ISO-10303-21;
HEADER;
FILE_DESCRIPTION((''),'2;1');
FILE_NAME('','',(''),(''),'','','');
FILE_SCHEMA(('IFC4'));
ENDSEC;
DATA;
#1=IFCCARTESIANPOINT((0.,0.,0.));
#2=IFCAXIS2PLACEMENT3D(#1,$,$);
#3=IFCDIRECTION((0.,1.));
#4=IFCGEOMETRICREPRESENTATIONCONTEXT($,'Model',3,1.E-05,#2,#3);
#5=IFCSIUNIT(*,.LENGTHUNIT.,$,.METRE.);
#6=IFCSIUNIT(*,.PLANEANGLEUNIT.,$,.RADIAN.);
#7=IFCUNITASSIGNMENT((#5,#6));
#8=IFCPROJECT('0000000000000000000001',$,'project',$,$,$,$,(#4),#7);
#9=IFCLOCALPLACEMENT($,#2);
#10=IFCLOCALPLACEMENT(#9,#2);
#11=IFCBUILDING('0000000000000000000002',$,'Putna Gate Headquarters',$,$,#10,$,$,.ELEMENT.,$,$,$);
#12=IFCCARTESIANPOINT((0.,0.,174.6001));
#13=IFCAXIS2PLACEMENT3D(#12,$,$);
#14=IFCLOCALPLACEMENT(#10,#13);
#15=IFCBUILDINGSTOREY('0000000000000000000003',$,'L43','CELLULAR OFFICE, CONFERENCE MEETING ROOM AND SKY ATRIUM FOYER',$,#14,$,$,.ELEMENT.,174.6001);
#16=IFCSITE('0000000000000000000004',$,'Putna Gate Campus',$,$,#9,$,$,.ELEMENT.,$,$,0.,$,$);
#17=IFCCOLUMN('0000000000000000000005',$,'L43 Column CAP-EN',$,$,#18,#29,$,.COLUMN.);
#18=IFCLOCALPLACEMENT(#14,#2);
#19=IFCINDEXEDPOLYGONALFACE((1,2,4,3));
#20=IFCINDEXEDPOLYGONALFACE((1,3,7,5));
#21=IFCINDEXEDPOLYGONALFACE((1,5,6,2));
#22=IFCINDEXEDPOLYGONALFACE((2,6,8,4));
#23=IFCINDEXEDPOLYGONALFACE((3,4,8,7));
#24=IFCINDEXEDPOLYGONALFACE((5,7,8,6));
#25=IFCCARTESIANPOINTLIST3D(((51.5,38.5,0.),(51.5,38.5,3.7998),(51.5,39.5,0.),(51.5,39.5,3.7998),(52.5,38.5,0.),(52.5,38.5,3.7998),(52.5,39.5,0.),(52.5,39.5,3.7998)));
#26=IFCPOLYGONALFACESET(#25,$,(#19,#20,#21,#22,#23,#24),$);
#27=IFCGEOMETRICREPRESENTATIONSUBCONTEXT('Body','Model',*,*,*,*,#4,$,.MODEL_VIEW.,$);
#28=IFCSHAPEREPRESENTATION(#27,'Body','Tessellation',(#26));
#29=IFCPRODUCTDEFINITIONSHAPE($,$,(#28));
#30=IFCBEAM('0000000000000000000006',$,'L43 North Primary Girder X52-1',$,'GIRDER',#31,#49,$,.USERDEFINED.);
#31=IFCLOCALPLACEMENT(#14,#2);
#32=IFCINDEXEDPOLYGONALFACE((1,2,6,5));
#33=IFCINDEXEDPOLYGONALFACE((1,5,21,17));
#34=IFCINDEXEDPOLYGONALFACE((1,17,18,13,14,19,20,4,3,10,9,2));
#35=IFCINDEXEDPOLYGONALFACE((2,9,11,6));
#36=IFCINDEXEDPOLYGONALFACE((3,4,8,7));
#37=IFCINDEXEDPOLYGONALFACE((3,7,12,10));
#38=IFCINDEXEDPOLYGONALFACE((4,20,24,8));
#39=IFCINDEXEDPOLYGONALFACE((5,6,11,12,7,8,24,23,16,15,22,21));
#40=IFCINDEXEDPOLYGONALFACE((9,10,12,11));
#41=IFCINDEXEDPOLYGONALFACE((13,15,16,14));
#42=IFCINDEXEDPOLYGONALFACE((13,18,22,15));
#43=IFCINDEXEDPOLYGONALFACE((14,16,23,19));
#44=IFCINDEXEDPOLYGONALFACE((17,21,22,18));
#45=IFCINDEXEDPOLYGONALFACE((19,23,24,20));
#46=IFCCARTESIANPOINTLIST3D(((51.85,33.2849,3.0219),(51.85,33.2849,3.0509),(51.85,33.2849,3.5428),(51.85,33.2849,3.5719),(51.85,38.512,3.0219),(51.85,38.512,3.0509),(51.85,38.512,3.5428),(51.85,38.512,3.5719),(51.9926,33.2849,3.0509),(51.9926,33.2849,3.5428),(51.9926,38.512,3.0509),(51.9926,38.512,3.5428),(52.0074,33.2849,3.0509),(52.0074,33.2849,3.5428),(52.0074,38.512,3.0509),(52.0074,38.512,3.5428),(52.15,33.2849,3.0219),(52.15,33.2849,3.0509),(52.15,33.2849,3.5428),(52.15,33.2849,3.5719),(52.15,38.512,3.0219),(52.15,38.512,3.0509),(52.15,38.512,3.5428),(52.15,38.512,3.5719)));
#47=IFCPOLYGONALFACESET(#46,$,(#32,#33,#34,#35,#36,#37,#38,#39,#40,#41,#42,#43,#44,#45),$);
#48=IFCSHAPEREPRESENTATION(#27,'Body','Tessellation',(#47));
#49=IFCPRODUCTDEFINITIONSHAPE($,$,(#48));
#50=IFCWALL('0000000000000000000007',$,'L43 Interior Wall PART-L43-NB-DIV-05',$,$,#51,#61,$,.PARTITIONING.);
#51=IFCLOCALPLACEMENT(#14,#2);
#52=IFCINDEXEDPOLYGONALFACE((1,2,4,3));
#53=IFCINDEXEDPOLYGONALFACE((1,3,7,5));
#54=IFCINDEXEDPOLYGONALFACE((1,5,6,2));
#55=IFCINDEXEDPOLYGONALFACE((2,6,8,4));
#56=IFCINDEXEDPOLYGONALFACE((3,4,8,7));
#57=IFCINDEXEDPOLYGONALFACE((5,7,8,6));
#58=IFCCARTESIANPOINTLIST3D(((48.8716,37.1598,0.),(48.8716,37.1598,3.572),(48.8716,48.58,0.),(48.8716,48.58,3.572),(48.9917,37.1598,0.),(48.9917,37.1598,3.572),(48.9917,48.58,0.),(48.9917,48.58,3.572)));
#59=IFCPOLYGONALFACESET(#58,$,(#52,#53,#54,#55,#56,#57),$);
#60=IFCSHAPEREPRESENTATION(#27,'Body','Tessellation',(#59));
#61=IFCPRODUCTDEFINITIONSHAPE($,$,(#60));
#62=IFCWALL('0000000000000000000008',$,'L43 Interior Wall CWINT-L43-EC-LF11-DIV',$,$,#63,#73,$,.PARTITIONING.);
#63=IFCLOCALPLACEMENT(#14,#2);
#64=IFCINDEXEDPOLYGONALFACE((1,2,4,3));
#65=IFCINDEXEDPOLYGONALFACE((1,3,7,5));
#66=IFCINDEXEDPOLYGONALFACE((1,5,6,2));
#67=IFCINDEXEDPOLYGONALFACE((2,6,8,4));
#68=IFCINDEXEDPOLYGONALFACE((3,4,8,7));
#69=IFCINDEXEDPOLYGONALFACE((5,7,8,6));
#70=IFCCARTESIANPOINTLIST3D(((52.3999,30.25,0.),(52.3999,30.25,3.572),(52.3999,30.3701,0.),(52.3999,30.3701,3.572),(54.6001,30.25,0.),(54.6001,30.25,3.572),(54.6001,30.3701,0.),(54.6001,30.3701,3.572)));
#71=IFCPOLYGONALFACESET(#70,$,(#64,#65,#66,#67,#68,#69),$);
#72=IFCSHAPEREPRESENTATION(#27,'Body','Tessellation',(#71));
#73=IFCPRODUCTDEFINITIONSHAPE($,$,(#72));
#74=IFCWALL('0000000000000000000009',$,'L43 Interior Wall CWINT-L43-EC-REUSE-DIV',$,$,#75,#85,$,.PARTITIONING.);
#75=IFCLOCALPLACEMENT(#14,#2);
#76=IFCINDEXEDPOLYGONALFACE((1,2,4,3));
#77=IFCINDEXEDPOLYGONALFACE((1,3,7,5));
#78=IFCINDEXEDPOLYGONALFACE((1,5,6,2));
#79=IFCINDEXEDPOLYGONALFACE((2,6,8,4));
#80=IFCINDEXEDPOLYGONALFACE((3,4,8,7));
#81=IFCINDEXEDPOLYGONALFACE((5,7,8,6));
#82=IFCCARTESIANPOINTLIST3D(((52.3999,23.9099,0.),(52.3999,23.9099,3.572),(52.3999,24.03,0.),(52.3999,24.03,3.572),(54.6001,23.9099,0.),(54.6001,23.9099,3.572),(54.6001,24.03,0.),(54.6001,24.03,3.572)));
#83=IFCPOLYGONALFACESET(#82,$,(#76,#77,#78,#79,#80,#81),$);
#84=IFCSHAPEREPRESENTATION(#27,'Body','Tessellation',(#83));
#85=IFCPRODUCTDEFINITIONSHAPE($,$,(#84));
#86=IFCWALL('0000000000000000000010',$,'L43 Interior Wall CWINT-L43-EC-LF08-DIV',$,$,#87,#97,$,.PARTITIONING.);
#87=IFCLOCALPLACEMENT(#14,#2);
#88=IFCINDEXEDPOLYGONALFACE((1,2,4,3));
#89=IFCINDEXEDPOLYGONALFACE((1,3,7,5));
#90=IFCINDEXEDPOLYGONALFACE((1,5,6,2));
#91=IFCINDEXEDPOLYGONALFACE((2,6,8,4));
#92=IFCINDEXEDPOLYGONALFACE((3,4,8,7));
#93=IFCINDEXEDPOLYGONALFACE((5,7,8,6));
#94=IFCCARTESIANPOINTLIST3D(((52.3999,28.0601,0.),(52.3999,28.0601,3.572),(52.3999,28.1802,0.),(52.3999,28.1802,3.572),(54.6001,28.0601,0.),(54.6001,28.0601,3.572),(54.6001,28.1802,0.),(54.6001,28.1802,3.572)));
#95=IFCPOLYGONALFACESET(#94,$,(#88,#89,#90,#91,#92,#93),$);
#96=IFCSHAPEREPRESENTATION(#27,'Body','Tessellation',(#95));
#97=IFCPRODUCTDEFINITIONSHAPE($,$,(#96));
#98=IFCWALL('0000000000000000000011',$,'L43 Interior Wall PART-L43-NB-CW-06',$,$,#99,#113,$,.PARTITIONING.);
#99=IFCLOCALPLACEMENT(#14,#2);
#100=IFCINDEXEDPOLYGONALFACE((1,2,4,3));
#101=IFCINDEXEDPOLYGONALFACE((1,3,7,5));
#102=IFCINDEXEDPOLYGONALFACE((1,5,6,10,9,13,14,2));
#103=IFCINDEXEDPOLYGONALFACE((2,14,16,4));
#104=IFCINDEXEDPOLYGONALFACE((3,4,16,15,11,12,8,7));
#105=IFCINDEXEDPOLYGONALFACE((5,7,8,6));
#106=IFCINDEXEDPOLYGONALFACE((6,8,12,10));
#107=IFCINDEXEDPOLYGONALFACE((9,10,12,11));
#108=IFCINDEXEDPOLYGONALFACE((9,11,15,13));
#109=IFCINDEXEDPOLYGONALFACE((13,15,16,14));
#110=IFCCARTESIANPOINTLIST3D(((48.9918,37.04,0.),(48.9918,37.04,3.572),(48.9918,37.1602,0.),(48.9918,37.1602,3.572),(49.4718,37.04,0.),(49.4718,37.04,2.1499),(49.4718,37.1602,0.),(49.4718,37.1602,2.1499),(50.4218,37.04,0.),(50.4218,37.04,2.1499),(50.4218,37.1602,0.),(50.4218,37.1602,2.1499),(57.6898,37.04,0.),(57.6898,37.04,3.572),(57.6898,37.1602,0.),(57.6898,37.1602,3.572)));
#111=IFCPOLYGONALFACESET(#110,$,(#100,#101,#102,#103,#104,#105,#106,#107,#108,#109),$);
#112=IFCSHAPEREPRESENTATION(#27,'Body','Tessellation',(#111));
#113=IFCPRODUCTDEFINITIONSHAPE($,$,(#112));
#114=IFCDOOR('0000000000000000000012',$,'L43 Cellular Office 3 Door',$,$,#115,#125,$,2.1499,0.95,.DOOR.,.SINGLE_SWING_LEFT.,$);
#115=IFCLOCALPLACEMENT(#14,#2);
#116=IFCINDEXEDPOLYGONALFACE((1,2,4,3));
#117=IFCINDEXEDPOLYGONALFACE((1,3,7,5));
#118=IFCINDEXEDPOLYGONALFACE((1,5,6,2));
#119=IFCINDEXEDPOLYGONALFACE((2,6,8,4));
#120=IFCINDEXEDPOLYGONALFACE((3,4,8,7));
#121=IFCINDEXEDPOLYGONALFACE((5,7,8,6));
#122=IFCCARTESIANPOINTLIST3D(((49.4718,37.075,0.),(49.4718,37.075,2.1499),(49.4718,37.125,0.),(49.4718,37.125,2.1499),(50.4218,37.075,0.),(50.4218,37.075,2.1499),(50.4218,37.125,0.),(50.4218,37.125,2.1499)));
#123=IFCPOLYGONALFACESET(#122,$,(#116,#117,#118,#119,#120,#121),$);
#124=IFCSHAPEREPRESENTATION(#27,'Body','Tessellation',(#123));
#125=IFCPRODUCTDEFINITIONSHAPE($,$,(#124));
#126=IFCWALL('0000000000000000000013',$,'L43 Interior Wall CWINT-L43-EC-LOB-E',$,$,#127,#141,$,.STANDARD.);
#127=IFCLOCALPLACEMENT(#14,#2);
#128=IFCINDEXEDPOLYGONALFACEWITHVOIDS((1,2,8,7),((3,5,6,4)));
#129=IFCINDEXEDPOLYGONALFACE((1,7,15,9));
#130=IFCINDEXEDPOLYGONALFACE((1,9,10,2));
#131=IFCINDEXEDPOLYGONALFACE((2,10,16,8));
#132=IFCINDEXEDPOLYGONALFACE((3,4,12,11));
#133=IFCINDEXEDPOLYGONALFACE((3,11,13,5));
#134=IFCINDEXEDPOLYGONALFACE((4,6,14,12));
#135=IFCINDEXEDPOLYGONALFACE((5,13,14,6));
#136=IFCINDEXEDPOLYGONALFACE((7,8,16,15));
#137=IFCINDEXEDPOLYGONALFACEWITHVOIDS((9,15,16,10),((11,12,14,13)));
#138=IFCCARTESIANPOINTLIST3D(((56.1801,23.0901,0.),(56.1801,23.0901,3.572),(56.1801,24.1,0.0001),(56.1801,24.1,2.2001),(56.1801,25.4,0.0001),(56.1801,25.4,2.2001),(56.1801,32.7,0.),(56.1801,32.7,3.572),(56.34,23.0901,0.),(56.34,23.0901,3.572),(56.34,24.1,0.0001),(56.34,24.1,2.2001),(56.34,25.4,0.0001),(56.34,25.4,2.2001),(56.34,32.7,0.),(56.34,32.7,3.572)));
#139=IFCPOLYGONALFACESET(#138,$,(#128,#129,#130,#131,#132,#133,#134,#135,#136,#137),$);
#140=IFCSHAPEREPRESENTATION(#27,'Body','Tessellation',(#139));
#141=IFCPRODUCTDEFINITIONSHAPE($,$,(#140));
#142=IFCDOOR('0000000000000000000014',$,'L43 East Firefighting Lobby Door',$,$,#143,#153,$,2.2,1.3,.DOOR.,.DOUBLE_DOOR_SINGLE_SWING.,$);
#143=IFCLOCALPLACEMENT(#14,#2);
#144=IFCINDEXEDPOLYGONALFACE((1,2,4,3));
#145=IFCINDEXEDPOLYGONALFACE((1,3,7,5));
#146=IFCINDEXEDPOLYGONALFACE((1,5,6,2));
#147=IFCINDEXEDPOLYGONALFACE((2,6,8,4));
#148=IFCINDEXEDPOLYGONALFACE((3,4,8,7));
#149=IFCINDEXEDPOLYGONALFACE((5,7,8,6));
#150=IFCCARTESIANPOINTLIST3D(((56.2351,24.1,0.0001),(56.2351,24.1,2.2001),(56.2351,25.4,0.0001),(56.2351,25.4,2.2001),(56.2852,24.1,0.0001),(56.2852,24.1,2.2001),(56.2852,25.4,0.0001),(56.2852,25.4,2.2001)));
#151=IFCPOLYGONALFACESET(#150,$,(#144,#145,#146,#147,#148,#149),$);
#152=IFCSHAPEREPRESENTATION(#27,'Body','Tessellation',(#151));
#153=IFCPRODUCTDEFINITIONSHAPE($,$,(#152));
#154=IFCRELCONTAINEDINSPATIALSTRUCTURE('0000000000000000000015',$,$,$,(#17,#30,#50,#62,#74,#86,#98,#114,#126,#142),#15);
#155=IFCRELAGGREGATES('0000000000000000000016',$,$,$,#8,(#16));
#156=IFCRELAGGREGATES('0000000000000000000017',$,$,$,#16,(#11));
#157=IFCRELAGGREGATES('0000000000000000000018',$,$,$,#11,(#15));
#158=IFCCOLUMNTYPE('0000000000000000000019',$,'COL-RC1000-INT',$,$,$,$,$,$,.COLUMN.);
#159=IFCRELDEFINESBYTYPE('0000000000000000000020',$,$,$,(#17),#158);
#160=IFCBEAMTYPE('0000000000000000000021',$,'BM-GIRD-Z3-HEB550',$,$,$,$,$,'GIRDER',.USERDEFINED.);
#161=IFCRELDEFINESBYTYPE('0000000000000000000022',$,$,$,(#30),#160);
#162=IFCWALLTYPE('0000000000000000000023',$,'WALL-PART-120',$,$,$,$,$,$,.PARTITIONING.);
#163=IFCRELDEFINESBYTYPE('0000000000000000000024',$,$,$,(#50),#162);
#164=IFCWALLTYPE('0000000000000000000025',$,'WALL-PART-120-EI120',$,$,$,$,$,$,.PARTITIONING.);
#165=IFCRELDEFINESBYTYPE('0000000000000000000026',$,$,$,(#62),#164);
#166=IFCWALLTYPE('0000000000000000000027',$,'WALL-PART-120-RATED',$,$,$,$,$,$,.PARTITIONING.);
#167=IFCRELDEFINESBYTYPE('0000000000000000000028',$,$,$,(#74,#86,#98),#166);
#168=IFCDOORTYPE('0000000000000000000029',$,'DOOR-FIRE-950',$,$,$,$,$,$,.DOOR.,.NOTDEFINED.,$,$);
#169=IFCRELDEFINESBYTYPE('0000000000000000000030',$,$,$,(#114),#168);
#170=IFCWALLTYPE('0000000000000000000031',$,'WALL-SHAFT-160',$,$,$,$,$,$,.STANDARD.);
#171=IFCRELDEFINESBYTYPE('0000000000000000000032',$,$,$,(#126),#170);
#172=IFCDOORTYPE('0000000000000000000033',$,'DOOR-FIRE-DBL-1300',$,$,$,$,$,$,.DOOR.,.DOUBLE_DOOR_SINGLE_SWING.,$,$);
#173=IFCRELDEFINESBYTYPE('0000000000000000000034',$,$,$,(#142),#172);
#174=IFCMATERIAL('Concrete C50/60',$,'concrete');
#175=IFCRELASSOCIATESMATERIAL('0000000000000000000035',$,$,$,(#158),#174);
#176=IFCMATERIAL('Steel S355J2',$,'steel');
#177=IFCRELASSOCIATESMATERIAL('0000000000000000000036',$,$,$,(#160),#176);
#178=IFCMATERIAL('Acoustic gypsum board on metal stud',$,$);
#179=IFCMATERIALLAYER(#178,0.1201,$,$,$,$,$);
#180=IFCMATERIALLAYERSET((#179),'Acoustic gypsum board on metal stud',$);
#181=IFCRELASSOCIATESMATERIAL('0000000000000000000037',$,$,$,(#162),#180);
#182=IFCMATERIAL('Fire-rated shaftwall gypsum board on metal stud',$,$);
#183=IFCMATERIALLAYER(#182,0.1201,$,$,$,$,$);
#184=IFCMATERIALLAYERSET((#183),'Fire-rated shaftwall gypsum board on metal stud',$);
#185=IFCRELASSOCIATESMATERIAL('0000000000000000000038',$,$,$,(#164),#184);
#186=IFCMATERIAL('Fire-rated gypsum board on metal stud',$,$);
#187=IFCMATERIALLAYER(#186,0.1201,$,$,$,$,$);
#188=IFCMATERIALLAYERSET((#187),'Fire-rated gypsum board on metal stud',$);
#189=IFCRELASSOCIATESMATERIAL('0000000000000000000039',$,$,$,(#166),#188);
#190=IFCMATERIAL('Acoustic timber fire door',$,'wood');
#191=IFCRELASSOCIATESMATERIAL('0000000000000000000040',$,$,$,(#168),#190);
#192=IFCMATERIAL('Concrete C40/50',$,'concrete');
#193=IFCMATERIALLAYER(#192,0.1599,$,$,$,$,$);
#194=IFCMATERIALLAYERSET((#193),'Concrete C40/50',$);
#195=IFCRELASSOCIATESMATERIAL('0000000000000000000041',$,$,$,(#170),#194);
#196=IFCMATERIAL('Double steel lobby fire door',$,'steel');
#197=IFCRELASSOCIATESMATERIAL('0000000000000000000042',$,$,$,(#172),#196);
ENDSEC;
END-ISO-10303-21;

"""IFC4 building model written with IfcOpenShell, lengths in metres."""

from ifc_helpers import new_model, si_unit, direction, frame, frame_2d, origin, origin_2d, place, context, subcontext, project, spatial, rectangle, i_section, extrude, material, layer, layer_set, material_profile, profile_set, type_object, element, fill, save


model = new_model("IFC4")

# Units and contexts
model_context = context("Model", 3, precision=1e-05, world=origin(), true_north=direction((0.0, 1.0)))
body_context = subcontext(model_context, "Body", "Model", "MODEL_VIEW")
ifc_project = project(units=[si_unit("LENGTHUNIT", "METRE"), si_unit("PLANEANGLEUNIT", "RADIAN")], contexts=[model_context])

# Site, building, storey
site_placement = place(None, origin())
site = spatial("IfcSite", under=ifc_project, at=site_placement, Name="Putna Gate Campus", CompositionType="ELEMENT", RefElevation=0.0)
building_placement = place(site_placement, origin())
building = spatial("IfcBuilding", under=site, at=building_placement, Name="Putna Gate Headquarters", CompositionType="ELEMENT")
storey_placement = place(building_placement, frame((0.0, 0.0, 174.6001)))
storey = spatial("IfcBuildingStorey", under=building, at=storey_placement, Name="L43", Description="CELLULAR OFFICE, CONFERENCE MEETING ROOM AND SKY ATRIUM FOYER", CompositionType="ELEMENT", Elevation=174.6001)

# Column
ifc_material_1 = material(Name="Concrete C50/60", Category="concrete")
ifc_material_profile_1 = material_profile(ifc_material_1, rectangle(XDim=1.0, YDim=1.0, at=origin_2d()), Name="Concrete C50/60")
ifc_profile_set_1 = profile_set([ifc_material_profile_1], Name="Concrete C50/60")
column_type = type_object("IfcColumnType", Name="COL-RC1000-INT", PredefinedType="COLUMN", material=ifc_profile_set_1)
column_placement = place(storey_placement, frame((52.0, 39.0, 0.0), z_axis=(0.0, 0.0, 1.0), x_axis=(1.0, 0.0, 0.0)))
element("IfcColumn", 1, at=column_placement, inside=storey, type_object=column_type, Name="L43 Column CAP-EN", PredefinedType="COLUMN", context=body_context, shape_type="SweptSolid", body=[
    extrude(rectangle(XDim=1.0, YDim=1.0, at=origin_2d()), origin(), (0.0, 0.0, 1.0), 3.7998),
])

# Beam
ifc_material_2 = material(Name="Steel S355J2", Category="steel")
ifc_material_profile_2 = material_profile(ifc_material_2, i_section(OverallWidth=0.3, OverallDepth=0.55, WebThickness=0.0149, FlangeThickness=0.0291, at=origin_2d()), Name="Steel S355J2")
ifc_profile_set_2 = profile_set([ifc_material_profile_2], Name="Steel S355J2")
beam_type = type_object("IfcBeamType", Name="BM-GIRD-Z3-HEB550", ElementType="GIRDER", PredefinedType="USERDEFINED", material=ifc_profile_set_2)
beam_placement = place(storey_placement, frame((52.0, 33.2849, 3.2969), z_axis=(0.0, 1.0, 0.0), x_axis=(-1.0, 0.0, 0.0)))
element("IfcBeam", 2, at=beam_placement, inside=storey, type_object=beam_type, Name="L43 North Primary Girder X52-1", ObjectType="GIRDER", PredefinedType="USERDEFINED", context=body_context, shape_type="SweptSolid", body=[
    extrude(i_section(OverallWidth=0.3, OverallDepth=0.55, WebThickness=0.0149, FlangeThickness=0.0291, at=origin_2d()), origin(), (0.0, 0.0, 1.0), 5.2271),
])

# Walls
ifc_material_3 = material(Name="Acoustic gypsum board on metal stud")
ifc_layer_1 = layer(ifc_material_3, 0.1201)
ifc_layer_set_1 = layer_set([ifc_layer_1], Name="Acoustic gypsum board on metal stud")
wall_type_1 = type_object("IfcWallType", Name="WALL-PART-120", PredefinedType="PARTITIONING", material=ifc_layer_set_1)
wall_1_placement = place(storey_placement, frame((48.9316, 37.1599, 0.0), z_axis=(0.0, 0.0, 1.0), x_axis=(0.0, 1.0, 0.0)))
element("IfcWall", 3, at=wall_1_placement, inside=storey, type_object=wall_type_1, Name="L43 Interior Wall PART-L43-NB-DIV-05", PredefinedType="PARTITIONING", context=body_context, shape_type="SweptSolid", body=[
    extrude(rectangle(XDim=11.4202, YDim=0.1201, at=frame_2d((5.71, 0.0))), origin(), (0.0, 0.0, 1.0), 3.572),
])
ifc_material_4 = material(Name="Fire-rated shaftwall gypsum board on metal stud")
ifc_layer_2 = layer(ifc_material_4, 0.1201)
ifc_layer_set_2 = layer_set([ifc_layer_2], Name="Fire-rated shaftwall gypsum board on metal stud")
wall_type_2 = type_object("IfcWallType", Name="WALL-PART-120-EI120", PredefinedType="PARTITIONING", material=ifc_layer_set_2)
wall_2_placement = place(storey_placement, frame((52.3999, 30.3101, 0.0), z_axis=(0.0, 0.0, 1.0), x_axis=(1.0, 0.0, 0.0)))
element("IfcWall", 4, at=wall_2_placement, inside=storey, type_object=wall_type_2, Name="L43 Interior Wall CWINT-L43-EC-LF11-DIV", PredefinedType="PARTITIONING", context=body_context, shape_type="SweptSolid", body=[
    extrude(rectangle(XDim=2.2002, YDim=0.1201, at=frame_2d((1.1001, 0.0))), origin(), (0.0, 0.0, 1.0), 3.572),
])
ifc_material_5 = material(Name="Fire-rated gypsum board on metal stud")
ifc_layer_3 = layer(ifc_material_5, 0.1201)
ifc_layer_set_3 = layer_set([ifc_layer_3], Name="Fire-rated gypsum board on metal stud")
wall_type_3 = type_object("IfcWallType", Name="WALL-PART-120-RATED", PredefinedType="PARTITIONING", material=ifc_layer_set_3)
for number, where, z_axis, x_axis, name in (
    (5, (52.3999, 23.97, 0.0), (0.0, 0.0, 1.0), (1.0, 0.0, 0.0), "L43 Interior Wall CWINT-L43-EC-REUSE-DIV"),
    (6, (52.3999, 28.1201, 0.0), (0.0, 0.0, 1.0), (1.0, 0.0, 0.0), "L43 Interior Wall CWINT-L43-EC-LF08-DIV"),
):
    element("IfcWall", number, at=place(storey_placement, frame(where, z_axis=z_axis, x_axis=x_axis)), inside=storey, type_object=wall_type_3, Name=name, PredefinedType="PARTITIONING", context=body_context, shape_type="SweptSolid", body=[
        extrude(rectangle(XDim=2.2002, YDim=0.1201, at=frame_2d((1.1001, 0.0))), origin(), (0.0, 0.0, 1.0), 3.572),
    ])

# Walls, openings, doors
wall_3_placement = place(storey_placement, frame((48.9917, 37.1001, 0.0), z_axis=(0.0, 0.0, 1.0), x_axis=(1.0, 0.0, 0.0)))
wall_3 = element("IfcWall", 7, at=wall_3_placement, inside=storey, type_object=wall_type_3, Name="L43 Interior Wall PART-L43-NB-CW-06", PredefinedType="PARTITIONING", context=body_context, shape_type="SweptSolid", body=[
    extrude(rectangle(XDim=8.698, YDim=0.1201, at=frame_2d((4.3491, 0.0))), origin(), (0.0, 0.0, 1.0), 3.572),
])
opening_1_placement = place(wall_3_placement, frame((0.48, 0.0, 0.0)))
opening_1 = element("IfcOpeningElement", 8, at=opening_1_placement, cuts=wall_3, PredefinedType="OPENING", context=body_context, shape_type="SweptSolid", body=[
    extrude(rectangle(XDim=0.95, YDim=2.1499, at=frame_2d((0.4751, 1.075))), frame((0.0, 0.0701, 0.0), z_axis=(0.0, -1.0, 0.0), x_axis=(1.0, 0.0, 0.0)), (0.0, 0.0, 1.0), 0.1401),
])
ifc_material_6 = material(Name="Acoustic timber fire door", Category="wood")
door_type_1 = type_object("IfcDoorType", Name="DOOR-FIRE-950", OperationType="NOTDEFINED", PredefinedType="DOOR", material=ifc_material_6)
door_1_placement = place(opening_1_placement, origin())
door_1 = element("IfcDoor", 9, at=door_1_placement, inside=storey, type_object=door_type_1, Name="L43 Cellular Office 3 Door", OperationType="SINGLE_SWING_LEFT", OverallHeight=2.1499, OverallWidth=0.95, PredefinedType="DOOR", context=body_context, shape_type="SweptSolid", body=[
    extrude(rectangle(XDim=0.95, YDim=2.1499, at=frame_2d((0.4751, 1.075))), frame((0.0, 0.0249, 0.0), z_axis=(0.0, -1.0, 0.0), x_axis=(1.0, 0.0, 0.0)), (0.0, 0.0, 1.0), 0.05),
])
fill(opening_1, door_1)
ifc_material_7 = material(Name="Concrete C40/50", Category="concrete")
ifc_layer_4 = layer(ifc_material_7, 0.1599)
ifc_layer_set_4 = layer_set([ifc_layer_4], Name="Concrete C40/50")
wall_type_4 = type_object("IfcWallType", Name="WALL-SHAFT-160", PredefinedType="STANDARD", material=ifc_layer_set_4)
wall_4_placement = place(storey_placement, frame((56.26, 23.0901, 0.0), z_axis=(0.0, 0.0, 1.0), x_axis=(0.0, 1.0, 0.0)))
wall_4 = element("IfcWall", 10, at=wall_4_placement, inside=storey, type_object=wall_type_4, Name="L43 Interior Wall CWINT-L43-EC-LOB-E", PredefinedType="STANDARD", context=body_context, shape_type="SweptSolid", body=[
    extrude(rectangle(XDim=9.6099, YDim=0.1599, at=frame_2d((4.8049, 0.0))), origin(), (0.0, 0.0, 1.0), 3.572),
])
opening_2_placement = place(wall_4_placement, frame((1.01, 0.0, 0.0)))
opening_2 = element("IfcOpeningElement", 11, at=opening_2_placement, cuts=wall_4, PredefinedType="OPENING", context=body_context, shape_type="SweptSolid", body=[
    extrude(rectangle(XDim=1.3, YDim=2.2, at=frame_2d((0.6499, 1.1001))), frame((0.0, 0.0898, 0.0), z_axis=(0.0, -1.0, 0.0), x_axis=(1.0, 0.0, 0.0)), (0.0, 0.0, 1.0), 0.1799),
])
ifc_material_8 = material(Name="Double steel lobby fire door", Category="steel")
door_type_2 = type_object("IfcDoorType", Name="DOOR-FIRE-DBL-1300", OperationType="DOUBLE_DOOR_SINGLE_SWING", PredefinedType="DOOR", material=ifc_material_8)
door_2_placement = place(opening_2_placement, origin())
door_2 = element("IfcDoor", 12, at=door_2_placement, inside=storey, type_object=door_type_2, Name="L43 East Firefighting Lobby Door", OperationType="DOUBLE_DOOR_SINGLE_SWING", OverallHeight=2.2, OverallWidth=1.3, PredefinedType="DOOR", context=body_context, shape_type="SweptSolid", body=[
    extrude(rectangle(XDim=1.3, YDim=2.2, at=frame_2d((0.6499, 1.1001))), frame((0.0, 0.0249, 0.0), z_axis=(0.0, -1.0, 0.0), x_axis=(1.0, 0.0, 0.0)), (0.0, 0.0, 1.0), 0.05),
])
fill(opening_2, door_2)

save(model, "model.ifc")
